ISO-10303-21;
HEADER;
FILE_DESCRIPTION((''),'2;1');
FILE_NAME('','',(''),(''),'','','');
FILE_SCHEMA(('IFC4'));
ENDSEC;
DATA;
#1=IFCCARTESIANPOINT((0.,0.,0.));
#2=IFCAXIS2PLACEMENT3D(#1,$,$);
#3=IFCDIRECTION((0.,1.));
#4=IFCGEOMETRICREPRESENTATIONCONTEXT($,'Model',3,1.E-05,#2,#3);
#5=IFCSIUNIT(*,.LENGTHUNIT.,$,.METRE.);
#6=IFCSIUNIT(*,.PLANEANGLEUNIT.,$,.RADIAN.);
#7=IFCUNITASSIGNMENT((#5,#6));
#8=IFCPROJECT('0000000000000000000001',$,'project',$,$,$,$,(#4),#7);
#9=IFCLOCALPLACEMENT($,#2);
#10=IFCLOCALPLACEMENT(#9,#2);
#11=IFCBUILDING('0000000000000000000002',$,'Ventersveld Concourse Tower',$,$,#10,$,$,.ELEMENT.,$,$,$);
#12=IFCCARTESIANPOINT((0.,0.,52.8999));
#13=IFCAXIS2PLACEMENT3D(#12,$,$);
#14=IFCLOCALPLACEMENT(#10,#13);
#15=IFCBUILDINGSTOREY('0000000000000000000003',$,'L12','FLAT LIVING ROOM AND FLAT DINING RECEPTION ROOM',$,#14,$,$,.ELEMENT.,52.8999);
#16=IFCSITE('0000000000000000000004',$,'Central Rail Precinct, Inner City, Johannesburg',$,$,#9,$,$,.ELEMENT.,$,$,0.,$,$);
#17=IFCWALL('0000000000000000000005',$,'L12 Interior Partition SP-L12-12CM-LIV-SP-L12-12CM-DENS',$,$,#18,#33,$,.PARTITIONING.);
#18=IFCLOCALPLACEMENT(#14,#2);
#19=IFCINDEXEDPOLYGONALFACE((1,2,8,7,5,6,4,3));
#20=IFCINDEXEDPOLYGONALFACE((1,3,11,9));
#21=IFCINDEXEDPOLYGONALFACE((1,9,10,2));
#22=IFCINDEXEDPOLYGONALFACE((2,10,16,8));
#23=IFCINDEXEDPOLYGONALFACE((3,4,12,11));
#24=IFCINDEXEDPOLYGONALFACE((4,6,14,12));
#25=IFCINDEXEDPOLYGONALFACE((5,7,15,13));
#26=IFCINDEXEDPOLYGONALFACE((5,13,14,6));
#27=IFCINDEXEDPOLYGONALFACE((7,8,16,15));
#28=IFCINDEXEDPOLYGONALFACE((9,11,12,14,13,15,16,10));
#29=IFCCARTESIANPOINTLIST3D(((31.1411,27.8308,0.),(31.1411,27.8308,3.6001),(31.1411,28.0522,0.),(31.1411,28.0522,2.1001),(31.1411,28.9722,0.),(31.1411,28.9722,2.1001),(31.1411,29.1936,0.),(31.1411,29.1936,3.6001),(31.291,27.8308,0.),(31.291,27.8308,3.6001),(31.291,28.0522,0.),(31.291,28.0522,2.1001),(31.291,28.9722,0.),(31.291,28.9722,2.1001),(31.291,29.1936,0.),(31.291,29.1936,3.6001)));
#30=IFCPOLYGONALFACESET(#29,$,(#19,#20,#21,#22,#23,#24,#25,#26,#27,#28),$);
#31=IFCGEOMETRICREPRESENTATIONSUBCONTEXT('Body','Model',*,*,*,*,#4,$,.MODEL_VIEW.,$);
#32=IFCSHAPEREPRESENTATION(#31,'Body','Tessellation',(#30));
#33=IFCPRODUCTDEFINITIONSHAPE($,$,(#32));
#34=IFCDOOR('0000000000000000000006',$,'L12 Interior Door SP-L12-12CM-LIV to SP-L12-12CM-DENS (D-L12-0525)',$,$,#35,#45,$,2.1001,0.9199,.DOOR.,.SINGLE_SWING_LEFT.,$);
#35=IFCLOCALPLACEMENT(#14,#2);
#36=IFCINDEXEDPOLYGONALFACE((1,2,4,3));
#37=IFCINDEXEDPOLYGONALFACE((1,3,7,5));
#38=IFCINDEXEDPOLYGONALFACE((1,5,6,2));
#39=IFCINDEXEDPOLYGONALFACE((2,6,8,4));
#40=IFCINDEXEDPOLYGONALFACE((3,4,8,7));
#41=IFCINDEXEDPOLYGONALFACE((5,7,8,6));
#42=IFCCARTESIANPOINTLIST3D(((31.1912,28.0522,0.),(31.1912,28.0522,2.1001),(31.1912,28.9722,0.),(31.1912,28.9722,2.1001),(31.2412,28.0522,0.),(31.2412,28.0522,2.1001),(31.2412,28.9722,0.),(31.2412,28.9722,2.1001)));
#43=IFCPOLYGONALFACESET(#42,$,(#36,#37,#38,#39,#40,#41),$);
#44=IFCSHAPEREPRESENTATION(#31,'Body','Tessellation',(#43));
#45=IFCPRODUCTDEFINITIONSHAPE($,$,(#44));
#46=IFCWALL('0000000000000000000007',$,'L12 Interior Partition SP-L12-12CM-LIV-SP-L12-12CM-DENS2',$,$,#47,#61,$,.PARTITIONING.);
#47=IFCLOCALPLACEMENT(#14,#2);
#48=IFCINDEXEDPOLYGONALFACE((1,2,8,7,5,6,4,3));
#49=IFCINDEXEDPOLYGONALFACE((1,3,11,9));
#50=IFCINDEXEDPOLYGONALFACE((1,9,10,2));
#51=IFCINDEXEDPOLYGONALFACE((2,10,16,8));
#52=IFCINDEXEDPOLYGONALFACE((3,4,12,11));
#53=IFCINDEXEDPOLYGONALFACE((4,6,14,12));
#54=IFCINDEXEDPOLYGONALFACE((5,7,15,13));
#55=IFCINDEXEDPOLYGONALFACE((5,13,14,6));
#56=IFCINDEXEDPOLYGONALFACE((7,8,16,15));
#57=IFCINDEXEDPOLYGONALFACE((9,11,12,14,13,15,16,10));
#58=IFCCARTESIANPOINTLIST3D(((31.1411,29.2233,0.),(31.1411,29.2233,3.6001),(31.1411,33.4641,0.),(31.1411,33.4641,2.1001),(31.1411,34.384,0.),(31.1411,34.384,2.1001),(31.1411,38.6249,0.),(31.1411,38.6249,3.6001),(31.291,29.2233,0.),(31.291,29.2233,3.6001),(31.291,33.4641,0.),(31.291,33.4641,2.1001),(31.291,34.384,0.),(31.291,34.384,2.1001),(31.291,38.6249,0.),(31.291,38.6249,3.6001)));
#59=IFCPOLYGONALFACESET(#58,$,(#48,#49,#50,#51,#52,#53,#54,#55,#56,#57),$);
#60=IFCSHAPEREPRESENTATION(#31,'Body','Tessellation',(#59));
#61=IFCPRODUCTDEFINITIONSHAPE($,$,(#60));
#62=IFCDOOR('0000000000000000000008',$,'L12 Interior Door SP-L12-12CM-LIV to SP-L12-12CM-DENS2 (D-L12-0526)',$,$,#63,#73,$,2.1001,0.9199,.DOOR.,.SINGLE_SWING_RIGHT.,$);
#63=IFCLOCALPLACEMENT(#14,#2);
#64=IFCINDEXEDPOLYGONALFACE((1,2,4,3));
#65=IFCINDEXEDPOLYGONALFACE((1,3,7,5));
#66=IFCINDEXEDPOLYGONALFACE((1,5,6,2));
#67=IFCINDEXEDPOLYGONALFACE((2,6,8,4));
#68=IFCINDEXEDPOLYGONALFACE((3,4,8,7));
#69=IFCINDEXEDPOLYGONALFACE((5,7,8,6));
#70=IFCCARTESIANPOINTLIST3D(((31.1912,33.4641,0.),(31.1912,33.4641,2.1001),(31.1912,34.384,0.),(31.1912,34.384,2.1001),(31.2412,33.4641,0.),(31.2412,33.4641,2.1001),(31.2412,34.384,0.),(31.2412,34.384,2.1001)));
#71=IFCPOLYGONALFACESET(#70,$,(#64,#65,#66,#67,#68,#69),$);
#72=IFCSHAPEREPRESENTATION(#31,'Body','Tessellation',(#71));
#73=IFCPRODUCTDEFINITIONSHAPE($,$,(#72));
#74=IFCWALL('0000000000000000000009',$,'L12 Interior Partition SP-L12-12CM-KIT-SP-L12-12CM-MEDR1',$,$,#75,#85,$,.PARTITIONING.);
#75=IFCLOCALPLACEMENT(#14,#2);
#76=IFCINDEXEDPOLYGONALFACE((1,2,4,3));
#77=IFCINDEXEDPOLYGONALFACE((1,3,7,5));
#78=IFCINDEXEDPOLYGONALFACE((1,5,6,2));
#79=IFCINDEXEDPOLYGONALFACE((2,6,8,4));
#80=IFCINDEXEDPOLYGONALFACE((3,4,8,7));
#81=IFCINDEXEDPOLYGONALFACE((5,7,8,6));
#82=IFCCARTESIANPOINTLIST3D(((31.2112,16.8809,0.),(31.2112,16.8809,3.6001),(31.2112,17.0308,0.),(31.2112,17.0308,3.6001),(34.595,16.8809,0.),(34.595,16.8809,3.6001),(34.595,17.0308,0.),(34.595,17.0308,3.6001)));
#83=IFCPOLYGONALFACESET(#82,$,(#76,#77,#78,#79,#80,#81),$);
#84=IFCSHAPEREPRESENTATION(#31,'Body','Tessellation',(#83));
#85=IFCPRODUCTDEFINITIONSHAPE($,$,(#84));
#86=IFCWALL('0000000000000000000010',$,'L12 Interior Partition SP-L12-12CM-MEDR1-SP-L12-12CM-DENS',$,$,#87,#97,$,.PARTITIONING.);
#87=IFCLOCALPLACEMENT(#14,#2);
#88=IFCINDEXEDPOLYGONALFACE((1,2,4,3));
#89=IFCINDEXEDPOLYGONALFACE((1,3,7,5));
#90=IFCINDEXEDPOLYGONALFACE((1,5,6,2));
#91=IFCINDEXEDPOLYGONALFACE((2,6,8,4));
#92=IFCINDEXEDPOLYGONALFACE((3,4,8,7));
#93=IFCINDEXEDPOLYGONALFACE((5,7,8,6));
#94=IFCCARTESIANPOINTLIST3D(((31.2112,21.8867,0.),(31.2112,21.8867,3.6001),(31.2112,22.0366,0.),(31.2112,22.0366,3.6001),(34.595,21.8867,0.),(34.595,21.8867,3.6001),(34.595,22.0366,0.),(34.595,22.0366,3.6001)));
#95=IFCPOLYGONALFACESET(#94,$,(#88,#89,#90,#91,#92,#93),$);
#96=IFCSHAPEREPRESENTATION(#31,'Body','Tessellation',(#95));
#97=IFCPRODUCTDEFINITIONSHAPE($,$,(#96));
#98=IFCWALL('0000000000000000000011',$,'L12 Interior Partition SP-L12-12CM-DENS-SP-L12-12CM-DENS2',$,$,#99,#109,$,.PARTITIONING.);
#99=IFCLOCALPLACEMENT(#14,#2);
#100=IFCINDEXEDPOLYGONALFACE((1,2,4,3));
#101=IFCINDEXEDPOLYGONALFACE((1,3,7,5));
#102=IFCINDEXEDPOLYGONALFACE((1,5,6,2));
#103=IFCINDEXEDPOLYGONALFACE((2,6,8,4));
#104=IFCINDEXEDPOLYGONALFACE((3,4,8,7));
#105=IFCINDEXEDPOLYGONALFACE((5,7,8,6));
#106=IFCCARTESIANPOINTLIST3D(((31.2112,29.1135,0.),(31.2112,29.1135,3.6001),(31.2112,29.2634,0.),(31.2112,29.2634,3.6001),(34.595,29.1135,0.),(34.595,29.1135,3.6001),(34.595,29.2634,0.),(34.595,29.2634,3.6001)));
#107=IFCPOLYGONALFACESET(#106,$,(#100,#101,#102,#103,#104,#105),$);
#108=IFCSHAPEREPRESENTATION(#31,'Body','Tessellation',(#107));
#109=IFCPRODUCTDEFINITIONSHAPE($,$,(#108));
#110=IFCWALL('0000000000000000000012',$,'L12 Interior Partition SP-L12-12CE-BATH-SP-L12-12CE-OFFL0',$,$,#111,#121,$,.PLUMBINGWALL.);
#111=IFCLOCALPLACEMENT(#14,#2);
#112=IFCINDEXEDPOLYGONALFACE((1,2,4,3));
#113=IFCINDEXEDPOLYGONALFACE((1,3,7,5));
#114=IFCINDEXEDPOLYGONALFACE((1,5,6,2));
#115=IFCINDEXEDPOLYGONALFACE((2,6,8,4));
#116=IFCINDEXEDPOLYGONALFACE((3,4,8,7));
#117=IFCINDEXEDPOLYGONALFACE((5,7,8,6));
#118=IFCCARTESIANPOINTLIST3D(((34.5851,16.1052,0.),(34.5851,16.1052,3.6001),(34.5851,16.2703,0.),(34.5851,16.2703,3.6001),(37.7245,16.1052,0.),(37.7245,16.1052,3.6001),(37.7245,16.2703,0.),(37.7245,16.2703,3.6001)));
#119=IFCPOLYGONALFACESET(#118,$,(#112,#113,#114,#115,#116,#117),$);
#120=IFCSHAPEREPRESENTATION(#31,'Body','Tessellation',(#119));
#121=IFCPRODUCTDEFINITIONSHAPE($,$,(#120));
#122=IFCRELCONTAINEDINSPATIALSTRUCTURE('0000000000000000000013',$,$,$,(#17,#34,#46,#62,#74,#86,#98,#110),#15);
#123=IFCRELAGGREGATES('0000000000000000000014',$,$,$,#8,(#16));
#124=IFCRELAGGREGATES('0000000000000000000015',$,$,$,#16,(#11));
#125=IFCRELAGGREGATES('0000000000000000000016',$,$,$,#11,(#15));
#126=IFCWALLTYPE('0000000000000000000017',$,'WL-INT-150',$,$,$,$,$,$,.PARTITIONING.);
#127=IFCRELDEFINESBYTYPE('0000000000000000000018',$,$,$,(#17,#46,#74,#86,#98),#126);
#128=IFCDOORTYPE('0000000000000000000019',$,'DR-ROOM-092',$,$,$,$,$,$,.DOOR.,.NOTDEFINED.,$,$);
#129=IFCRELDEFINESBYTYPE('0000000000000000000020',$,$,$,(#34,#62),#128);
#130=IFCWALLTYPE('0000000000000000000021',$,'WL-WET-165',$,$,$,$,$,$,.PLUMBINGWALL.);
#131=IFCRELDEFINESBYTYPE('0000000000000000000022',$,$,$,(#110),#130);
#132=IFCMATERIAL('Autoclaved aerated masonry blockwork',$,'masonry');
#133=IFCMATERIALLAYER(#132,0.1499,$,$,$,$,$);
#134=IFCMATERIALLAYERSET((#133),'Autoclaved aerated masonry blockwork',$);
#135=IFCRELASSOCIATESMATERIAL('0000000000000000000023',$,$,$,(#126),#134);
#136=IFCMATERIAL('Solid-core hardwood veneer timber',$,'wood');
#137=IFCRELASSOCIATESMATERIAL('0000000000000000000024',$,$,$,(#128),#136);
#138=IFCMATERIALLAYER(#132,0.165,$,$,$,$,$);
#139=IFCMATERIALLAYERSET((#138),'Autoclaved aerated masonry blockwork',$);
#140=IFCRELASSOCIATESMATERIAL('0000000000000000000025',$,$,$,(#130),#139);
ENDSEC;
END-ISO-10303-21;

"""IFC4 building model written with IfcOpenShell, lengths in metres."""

from ifc_helpers import new_model, si_unit, direction, frame, frame_2d, origin, place, context, subcontext, project, spatial, rectangle, extrude, material, layer, layer_set, type_object, element, fill, save


model = new_model("IFC4")

# Units and contexts
model_context = context("Model", 3, precision=1e-05, world=origin(), true_north=direction((0.0, 1.0)))
body_context = subcontext(model_context, "Body", "Model", "MODEL_VIEW")
ifc_project = project(units=[si_unit("LENGTHUNIT", "METRE"), si_unit("PLANEANGLEUNIT", "RADIAN")], contexts=[model_context])

# Site, building, storey
site_placement = place(None, origin())
site = spatial("IfcSite", under=ifc_project, at=site_placement, Name="Central Rail Precinct, Inner City, Johannesburg", CompositionType="ELEMENT", RefElevation=0.0)
building_placement = place(site_placement, origin())
building = spatial("IfcBuilding", under=site, at=building_placement, Name="Ventersveld Concourse Tower", CompositionType="ELEMENT")
storey_placement = place(building_placement, frame((0.0, 0.0, 52.8999)))
storey = spatial("IfcBuildingStorey", under=building, at=storey_placement, Name="L12", Description="FLAT LIVING ROOM AND FLAT DINING RECEPTION ROOM", CompositionType="ELEMENT", Elevation=52.8999)

# Walls, openings, doors
ifc_material_1 = material(Name="Autoclaved aerated masonry blockwork", Category="masonry")
ifc_layer_1 = layer(ifc_material_1, 0.1499)
ifc_layer_set_1 = layer_set([ifc_layer_1], Name="Autoclaved aerated masonry blockwork")
wall_type_1 = type_object("IfcWallType", Name="WL-INT-150", PredefinedType="PARTITIONING", material=ifc_layer_set_1)
ifc_material_2 = material(Name="Solid-core hardwood veneer timber", Category="wood")
door_type = type_object("IfcDoorType", Name="DR-ROOM-092", OperationType="NOTDEFINED", PredefinedType="DOOR", material=ifc_material_2)
wall_1_placement = place(storey_placement, frame((31.2161, 27.8308, 0.0), z_axis=(0.0, 0.0, 1.0), x_axis=(0.0, 1.0, 0.0)))
wall_1 = element("IfcWall", 1, at=wall_1_placement, inside=storey, type_object=wall_type_1, Name="L12 Interior Partition SP-L12-12CM-LIV-SP-L12-12CM-DENS", PredefinedType="PARTITIONING", context=body_context, shape_type="SweptSolid", body=[
    extrude(rectangle(XDim=1.3628, YDim=0.1499, at=frame_2d((0.6814, 0.0))), origin(), (0.0, 0.0, 1.0), 3.6001),
])
opening_1_placement = place(wall_1_placement, frame((0.2214, 0.0, 0.0)))
opening_1 = element("IfcOpeningElement", 2, at=opening_1_placement, cuts=wall_1, PredefinedType="OPENING", context=body_context, shape_type="SweptSolid", body=[
    extrude(rectangle(XDim=0.9199, YDim=2.1001, at=frame_2d((0.46, 1.05))), frame((0.0, 0.085, 0.0), z_axis=(0.0, -1.0, 0.0), x_axis=(1.0, 0.0, 0.0)), (0.0, 0.0, 1.0), 0.1699),
])
door_1_placement = place(opening_1_placement, origin())
door_1 = element("IfcDoor", 3, at=door_1_placement, inside=storey, type_object=door_type, Name="L12 Interior Door SP-L12-12CM-LIV to SP-L12-12CM-DENS (D-L12-0525)", OperationType="SINGLE_SWING_LEFT", OverallHeight=2.1001, OverallWidth=0.9199, PredefinedType="DOOR", context=body_context, shape_type="SweptSolid", body=[
    extrude(rectangle(XDim=0.9199, YDim=2.1001, at=frame_2d((0.46, 1.05))), frame((0.0, 0.0249, 0.0), z_axis=(0.0, -1.0, 0.0), x_axis=(1.0, 0.0, 0.0)), (0.0, 0.0, 1.0), 0.05),
])
fill(opening_1, door_1)
wall_2_placement = place(storey_placement, frame((31.2161, 29.2234, 0.0), z_axis=(0.0, 0.0, 1.0), x_axis=(0.0, 1.0, 0.0)))
wall_2 = element("IfcWall", 4, at=wall_2_placement, inside=storey, type_object=wall_type_1, Name="L12 Interior Partition SP-L12-12CM-LIV-SP-L12-12CM-DENS2", PredefinedType="PARTITIONING", context=body_context, shape_type="SweptSolid", body=[
    extrude(rectangle(XDim=9.4016, YDim=0.1499, at=frame_2d((4.7007, 0.0))), origin(), (0.0, 0.0, 1.0), 3.6001),
])
opening_2_placement = place(wall_2_placement, frame((4.2407, 0.0, 0.0)))
opening_2 = element("IfcOpeningElement", 5, at=opening_2_placement, cuts=wall_2, PredefinedType="OPENING", context=body_context, shape_type="SweptSolid", body=[
    extrude(rectangle(XDim=0.9199, YDim=2.1001, at=frame_2d((0.46, 1.05))), frame((0.0, 0.085, 0.0), z_axis=(0.0, -1.0, 0.0), x_axis=(1.0, 0.0, 0.0)), (0.0, 0.0, 1.0), 0.1699),
])
door_2_placement = place(opening_2_placement, origin())
door_2 = element("IfcDoor", 6, at=door_2_placement, inside=storey, type_object=door_type, Name="L12 Interior Door SP-L12-12CM-LIV to SP-L12-12CM-DENS2 (D-L12-0526)", OperationType="SINGLE_SWING_RIGHT", OverallHeight=2.1001, OverallWidth=0.9199, PredefinedType="DOOR", context=body_context, shape_type="SweptSolid", body=[
    extrude(rectangle(XDim=0.9199, YDim=2.1001, at=frame_2d((0.46, 1.05))), frame((0.0, 0.0249, 0.0), z_axis=(0.0, -1.0, 0.0), x_axis=(1.0, 0.0, 0.0)), (0.0, 0.0, 1.0), 0.05),
])
fill(opening_2, door_2)

# Walls
for number, where, z_axis, x_axis, name in (
    (7, (31.2112, 16.9558, 0.0), (0.0, 0.0, 1.0), (1.0, 0.0, 0.0), "L12 Interior Partition SP-L12-12CM-KIT-SP-L12-12CM-MEDR1"),
    (8, (31.2112, 21.9617, 0.0), (0.0, 0.0, 1.0), (1.0, 0.0, 0.0), "L12 Interior Partition SP-L12-12CM-MEDR1-SP-L12-12CM-DENS"),
    (9, (31.2112, 29.1885, 0.0), (0.0, 0.0, 1.0), (1.0, 0.0, 0.0), "L12 Interior Partition SP-L12-12CM-DENS-SP-L12-12CM-DENS2"),
):
    element("IfcWall", number, at=place(storey_placement, frame(where, z_axis=z_axis, x_axis=x_axis)), inside=storey, type_object=wall_type_1, Name=name, PredefinedType="PARTITIONING", context=body_context, shape_type="SweptSolid", body=[
        extrude(rectangle(XDim=3.3838, YDim=0.1499, at=frame_2d((1.6919, 0.0))), origin(), (0.0, 0.0, 1.0), 3.6001),
    ])
ifc_layer_2 = layer(ifc_material_1, 0.165)
ifc_layer_set_2 = layer_set([ifc_layer_2], Name="Autoclaved aerated masonry blockwork")
wall_type_2 = type_object("IfcWallType", Name="WL-WET-165", PredefinedType="PLUMBINGWALL", material=ifc_layer_set_2)
wall_3_placement = place(storey_placement, frame((34.585, 16.1877, 0.0), z_axis=(0.0, 0.0, 1.0), x_axis=(1.0, 0.0, 0.0)))
element("IfcWall", 10, at=wall_3_placement, inside=storey, type_object=wall_type_2, Name="L12 Interior Partition SP-L12-12CE-BATH-SP-L12-12CE-OFFL0", PredefinedType="PLUMBINGWALL", context=body_context, shape_type="SweptSolid", body=[
    extrude(rectangle(XDim=3.1394, YDim=0.165, at=frame_2d((1.5698, 0.0))), origin(), (0.0, 0.0, 1.0), 3.6001),
])

save(model, "model.ifc")
